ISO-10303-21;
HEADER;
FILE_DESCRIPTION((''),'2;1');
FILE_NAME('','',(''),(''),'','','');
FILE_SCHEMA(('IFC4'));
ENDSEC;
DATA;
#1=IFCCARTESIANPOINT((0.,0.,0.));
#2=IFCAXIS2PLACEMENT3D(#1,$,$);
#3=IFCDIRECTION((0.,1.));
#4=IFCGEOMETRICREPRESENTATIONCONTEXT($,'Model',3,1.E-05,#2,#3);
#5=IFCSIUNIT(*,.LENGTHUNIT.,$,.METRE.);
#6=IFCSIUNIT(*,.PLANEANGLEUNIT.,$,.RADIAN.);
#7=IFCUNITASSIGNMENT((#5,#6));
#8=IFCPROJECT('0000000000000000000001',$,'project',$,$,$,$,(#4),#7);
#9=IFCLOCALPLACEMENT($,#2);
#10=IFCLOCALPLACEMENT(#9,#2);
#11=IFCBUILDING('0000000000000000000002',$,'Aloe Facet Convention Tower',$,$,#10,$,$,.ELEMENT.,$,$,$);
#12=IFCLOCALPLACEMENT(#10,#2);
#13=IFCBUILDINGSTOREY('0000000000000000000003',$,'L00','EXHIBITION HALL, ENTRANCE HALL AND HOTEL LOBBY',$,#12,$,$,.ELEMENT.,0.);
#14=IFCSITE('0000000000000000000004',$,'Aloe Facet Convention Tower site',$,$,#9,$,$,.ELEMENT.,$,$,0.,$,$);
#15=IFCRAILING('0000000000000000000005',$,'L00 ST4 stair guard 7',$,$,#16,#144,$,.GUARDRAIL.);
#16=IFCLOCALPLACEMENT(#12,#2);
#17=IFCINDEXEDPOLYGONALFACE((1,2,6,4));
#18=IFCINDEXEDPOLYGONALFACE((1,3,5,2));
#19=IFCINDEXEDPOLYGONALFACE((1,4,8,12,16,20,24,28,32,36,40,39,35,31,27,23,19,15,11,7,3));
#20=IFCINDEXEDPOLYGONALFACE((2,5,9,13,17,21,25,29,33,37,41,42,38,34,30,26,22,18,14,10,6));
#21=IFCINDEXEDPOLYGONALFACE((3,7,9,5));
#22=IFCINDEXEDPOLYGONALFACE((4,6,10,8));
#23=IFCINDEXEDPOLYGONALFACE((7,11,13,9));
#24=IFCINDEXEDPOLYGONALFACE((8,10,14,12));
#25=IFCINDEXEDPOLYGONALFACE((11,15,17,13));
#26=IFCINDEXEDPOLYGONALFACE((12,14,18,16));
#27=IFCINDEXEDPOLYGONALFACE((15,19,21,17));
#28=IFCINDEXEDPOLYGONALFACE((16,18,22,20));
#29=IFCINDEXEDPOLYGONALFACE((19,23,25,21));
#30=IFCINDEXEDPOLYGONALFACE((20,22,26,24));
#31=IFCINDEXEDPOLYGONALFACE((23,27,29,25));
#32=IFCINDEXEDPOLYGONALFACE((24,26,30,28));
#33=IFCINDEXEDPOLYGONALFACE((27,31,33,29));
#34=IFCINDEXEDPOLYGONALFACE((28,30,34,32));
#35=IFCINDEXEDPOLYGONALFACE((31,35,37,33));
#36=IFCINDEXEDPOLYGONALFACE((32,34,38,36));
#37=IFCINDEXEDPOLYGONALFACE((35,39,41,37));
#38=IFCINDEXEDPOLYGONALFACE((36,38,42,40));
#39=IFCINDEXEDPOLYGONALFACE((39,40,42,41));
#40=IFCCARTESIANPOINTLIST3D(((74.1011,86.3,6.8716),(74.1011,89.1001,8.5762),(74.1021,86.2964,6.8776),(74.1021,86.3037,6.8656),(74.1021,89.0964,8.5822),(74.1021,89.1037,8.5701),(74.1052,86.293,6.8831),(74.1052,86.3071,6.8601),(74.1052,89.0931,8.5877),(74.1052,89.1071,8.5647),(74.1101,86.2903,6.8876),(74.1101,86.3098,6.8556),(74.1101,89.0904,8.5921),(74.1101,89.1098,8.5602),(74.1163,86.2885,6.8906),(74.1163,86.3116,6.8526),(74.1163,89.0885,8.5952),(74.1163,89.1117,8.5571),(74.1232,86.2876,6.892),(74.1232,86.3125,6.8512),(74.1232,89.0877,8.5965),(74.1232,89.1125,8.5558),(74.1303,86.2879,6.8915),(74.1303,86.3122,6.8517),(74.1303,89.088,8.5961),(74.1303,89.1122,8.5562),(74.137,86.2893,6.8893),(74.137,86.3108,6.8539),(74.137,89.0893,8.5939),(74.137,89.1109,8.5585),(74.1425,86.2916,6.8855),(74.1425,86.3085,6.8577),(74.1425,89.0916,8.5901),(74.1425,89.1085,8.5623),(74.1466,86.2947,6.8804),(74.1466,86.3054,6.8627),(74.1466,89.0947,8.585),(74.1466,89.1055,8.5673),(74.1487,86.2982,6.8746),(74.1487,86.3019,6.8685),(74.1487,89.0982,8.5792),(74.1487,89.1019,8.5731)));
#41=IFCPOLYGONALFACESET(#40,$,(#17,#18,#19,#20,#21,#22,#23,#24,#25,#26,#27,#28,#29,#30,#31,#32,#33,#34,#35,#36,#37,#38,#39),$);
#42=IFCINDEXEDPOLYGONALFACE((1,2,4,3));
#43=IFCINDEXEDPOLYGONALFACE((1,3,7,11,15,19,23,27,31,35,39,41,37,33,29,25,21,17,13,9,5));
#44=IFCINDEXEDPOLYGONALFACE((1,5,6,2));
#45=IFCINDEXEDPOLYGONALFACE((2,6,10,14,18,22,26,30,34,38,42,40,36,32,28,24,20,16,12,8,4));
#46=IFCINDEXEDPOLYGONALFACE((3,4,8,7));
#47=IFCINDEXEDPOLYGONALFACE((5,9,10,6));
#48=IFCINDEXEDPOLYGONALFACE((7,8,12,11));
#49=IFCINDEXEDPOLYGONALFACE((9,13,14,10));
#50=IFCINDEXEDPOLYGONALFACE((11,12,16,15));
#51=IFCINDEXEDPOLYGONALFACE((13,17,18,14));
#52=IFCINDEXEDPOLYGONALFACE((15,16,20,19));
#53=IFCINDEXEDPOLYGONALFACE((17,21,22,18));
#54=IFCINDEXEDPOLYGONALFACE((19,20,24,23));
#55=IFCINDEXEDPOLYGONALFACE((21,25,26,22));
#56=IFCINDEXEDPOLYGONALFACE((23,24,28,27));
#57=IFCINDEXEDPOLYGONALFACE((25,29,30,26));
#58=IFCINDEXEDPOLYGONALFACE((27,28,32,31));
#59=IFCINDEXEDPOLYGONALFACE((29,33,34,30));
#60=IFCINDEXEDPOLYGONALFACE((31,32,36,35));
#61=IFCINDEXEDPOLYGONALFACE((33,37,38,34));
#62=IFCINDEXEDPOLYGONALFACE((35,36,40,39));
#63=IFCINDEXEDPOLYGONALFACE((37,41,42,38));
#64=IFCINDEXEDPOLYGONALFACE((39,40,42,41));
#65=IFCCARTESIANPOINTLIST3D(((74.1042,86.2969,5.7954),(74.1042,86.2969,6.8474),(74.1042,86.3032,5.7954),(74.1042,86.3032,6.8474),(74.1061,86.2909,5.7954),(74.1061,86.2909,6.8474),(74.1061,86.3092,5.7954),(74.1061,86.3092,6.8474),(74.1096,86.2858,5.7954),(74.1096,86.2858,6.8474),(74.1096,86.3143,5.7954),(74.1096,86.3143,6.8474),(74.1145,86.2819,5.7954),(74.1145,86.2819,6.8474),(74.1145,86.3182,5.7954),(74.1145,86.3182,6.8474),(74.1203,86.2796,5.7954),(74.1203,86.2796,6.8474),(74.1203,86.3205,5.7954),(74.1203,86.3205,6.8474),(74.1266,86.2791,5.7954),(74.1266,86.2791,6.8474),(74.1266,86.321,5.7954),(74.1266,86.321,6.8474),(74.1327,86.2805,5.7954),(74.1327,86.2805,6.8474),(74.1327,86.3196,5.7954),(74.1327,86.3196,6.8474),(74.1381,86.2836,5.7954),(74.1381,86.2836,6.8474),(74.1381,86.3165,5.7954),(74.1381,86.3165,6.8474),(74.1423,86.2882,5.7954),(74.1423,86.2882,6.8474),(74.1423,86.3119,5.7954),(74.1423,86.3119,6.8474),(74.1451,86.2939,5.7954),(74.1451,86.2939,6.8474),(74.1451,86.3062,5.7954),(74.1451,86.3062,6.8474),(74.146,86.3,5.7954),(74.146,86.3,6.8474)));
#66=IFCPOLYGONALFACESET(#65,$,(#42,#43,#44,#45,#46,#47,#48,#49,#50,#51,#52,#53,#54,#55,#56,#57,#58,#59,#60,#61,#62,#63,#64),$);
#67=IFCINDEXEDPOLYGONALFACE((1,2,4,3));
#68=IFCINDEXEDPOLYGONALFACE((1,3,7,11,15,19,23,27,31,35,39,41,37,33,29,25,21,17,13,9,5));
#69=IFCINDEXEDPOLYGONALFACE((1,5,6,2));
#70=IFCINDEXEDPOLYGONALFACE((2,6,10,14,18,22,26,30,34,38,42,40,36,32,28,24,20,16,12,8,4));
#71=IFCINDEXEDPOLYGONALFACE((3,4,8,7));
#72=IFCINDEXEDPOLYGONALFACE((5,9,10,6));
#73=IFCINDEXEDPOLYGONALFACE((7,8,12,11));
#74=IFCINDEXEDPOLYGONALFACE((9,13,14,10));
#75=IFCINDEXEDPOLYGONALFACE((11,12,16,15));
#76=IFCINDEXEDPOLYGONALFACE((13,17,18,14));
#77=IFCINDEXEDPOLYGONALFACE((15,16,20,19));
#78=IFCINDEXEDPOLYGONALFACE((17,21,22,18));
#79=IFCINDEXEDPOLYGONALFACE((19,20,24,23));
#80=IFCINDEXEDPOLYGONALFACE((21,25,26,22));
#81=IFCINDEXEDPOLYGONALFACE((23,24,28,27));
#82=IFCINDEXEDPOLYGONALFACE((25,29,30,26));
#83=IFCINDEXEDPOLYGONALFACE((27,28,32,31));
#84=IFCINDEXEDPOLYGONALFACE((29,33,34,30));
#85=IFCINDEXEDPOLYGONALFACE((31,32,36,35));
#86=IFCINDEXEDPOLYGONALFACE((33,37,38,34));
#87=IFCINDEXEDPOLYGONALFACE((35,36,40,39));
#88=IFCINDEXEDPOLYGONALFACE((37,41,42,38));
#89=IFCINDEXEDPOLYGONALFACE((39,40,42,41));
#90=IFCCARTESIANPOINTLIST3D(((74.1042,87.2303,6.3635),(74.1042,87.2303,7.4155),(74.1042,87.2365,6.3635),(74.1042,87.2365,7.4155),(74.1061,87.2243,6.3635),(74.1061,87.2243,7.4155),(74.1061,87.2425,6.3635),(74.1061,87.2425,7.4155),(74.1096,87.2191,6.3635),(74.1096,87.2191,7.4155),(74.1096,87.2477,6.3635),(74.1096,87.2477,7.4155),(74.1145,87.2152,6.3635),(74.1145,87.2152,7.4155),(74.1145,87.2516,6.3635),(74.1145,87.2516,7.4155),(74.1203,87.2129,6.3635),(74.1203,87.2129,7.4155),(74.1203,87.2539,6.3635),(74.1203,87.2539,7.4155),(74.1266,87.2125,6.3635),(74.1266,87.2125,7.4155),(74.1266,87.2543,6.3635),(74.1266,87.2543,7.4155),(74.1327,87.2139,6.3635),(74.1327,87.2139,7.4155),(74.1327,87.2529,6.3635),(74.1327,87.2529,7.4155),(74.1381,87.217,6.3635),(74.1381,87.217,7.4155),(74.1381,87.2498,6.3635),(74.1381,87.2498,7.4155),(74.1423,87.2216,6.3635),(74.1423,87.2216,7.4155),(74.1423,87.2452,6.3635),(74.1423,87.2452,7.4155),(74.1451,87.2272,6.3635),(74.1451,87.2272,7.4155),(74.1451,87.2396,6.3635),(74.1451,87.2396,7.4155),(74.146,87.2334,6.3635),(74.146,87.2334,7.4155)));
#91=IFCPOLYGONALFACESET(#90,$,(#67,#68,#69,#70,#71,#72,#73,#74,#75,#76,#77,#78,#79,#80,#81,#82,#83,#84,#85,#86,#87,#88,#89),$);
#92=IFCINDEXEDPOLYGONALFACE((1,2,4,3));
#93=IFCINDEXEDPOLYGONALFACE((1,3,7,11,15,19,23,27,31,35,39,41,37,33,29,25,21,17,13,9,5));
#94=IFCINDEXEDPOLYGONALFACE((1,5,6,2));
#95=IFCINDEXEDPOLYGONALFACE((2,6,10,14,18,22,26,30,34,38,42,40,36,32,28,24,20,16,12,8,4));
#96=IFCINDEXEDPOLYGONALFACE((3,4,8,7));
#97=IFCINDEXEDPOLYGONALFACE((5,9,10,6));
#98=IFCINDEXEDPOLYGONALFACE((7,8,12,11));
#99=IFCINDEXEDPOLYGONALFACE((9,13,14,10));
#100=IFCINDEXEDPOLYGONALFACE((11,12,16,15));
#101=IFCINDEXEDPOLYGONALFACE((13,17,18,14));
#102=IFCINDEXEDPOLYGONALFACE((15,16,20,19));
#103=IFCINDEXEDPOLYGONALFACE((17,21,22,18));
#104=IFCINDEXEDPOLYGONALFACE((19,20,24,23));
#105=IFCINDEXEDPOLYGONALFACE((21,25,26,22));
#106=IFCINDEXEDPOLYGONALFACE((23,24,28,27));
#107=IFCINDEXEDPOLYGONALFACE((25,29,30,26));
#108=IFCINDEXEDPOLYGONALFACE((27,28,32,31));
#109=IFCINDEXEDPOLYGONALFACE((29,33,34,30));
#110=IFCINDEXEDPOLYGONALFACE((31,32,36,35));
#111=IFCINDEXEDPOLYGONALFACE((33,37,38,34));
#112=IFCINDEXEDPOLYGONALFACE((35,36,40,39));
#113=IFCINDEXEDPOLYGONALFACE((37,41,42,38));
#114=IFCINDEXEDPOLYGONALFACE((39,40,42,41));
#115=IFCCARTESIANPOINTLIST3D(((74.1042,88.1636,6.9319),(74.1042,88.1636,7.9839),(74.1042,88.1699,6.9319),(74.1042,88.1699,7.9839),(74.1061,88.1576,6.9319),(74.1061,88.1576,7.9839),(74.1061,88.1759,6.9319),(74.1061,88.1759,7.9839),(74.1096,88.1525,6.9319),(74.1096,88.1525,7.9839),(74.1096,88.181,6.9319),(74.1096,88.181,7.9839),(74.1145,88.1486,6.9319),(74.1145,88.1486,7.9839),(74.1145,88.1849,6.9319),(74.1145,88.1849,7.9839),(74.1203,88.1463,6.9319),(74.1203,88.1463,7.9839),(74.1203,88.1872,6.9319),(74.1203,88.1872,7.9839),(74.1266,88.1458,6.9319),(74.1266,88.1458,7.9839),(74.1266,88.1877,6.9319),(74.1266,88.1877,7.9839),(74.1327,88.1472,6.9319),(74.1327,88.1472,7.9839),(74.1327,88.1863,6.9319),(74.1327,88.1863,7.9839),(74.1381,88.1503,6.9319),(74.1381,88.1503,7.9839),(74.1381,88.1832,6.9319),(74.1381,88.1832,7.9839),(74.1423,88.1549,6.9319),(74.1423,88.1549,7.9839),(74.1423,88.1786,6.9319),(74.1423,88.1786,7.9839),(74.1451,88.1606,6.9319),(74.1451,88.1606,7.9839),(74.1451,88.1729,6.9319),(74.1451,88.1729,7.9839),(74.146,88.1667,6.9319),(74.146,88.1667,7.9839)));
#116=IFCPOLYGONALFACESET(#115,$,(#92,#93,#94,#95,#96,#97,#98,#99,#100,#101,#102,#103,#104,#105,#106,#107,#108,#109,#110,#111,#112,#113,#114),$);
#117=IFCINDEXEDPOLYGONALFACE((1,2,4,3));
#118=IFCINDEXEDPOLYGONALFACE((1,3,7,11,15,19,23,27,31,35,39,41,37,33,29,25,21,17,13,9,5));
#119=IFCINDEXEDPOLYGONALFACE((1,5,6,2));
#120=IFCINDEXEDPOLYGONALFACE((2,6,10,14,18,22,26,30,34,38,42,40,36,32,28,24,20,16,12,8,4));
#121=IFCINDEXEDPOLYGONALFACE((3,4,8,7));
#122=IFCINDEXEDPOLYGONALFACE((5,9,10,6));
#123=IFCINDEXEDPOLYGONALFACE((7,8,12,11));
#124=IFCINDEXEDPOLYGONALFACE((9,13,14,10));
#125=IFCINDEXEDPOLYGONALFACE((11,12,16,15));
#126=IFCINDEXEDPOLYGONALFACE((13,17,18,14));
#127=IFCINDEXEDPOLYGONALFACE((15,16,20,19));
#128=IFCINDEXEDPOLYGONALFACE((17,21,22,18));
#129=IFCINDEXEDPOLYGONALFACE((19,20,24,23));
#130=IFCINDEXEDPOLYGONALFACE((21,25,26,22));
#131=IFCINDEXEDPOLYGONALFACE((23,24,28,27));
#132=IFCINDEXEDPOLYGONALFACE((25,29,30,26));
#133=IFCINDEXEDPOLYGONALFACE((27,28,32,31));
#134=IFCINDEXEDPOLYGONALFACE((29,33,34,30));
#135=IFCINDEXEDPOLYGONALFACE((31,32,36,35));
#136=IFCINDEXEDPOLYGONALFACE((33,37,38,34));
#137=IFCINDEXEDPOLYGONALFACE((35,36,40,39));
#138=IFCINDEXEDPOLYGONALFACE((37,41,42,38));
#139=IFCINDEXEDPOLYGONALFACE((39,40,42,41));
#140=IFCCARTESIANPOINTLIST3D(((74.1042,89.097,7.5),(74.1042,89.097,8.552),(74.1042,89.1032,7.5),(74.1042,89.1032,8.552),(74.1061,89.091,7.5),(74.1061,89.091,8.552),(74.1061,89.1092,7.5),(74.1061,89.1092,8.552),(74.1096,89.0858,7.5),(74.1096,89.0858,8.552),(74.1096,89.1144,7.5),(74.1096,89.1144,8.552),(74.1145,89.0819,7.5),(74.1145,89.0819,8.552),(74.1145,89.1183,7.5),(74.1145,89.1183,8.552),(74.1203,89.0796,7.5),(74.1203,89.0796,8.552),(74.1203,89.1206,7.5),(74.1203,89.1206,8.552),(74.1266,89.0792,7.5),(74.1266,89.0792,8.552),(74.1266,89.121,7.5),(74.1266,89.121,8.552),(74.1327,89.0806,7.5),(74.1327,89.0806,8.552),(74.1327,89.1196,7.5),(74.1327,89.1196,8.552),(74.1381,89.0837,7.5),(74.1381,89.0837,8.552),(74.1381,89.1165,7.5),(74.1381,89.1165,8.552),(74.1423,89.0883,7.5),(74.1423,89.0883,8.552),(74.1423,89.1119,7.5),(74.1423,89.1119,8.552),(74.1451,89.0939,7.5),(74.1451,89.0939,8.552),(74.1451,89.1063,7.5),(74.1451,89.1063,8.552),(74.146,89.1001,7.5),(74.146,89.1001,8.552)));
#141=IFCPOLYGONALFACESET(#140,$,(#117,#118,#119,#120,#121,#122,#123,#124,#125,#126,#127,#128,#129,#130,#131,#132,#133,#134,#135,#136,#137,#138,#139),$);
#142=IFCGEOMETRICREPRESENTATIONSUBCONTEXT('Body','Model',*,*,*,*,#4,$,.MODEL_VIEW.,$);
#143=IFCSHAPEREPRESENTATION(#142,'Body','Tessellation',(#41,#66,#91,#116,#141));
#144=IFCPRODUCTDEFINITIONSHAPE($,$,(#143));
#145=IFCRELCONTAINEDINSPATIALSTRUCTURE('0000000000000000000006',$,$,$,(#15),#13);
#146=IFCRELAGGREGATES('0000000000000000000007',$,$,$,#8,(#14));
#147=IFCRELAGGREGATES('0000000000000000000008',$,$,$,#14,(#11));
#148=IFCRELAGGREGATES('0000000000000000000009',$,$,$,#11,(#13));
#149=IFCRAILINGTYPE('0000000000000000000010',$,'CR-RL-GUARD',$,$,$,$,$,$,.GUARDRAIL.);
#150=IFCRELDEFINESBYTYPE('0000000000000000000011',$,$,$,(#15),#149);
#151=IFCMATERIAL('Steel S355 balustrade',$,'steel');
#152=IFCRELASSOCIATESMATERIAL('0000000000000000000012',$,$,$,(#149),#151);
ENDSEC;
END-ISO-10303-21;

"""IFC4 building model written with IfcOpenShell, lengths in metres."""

from ifc_helpers import new_model, si_unit, direction, frame, origin, origin_2d, place, context, subcontext, project, spatial, circle, extrude, material, type_object, element, save


model = new_model("IFC4")

# Units and contexts
model_context = context("Model", 3, precision=1e-05, world=origin(), true_north=direction((0.0, 1.0)))
body_context = subcontext(model_context, "Body", "Model", "MODEL_VIEW")
ifc_project = project(units=[si_unit("LENGTHUNIT", "METRE"), si_unit("PLANEANGLEUNIT", "RADIAN")], contexts=[model_context])

# Site, building, storey
site_placement = place(None, origin())
site = spatial("IfcSite", under=ifc_project, at=site_placement, Name="Aloe Facet Convention Tower site", CompositionType="ELEMENT", RefElevation=0.0)
building_placement = place(site_placement, origin())
building = spatial("IfcBuilding", under=site, at=building_placement, Name="Aloe Facet Convention Tower", CompositionType="ELEMENT")
storey_placement = place(building_placement, origin())
storey = spatial("IfcBuildingStorey", under=building, at=storey_placement, Name="L00", Description="EXHIBITION HALL, ENTRANCE HALL AND HOTEL LOBBY", CompositionType="ELEMENT", Elevation=0.0)

# Railing
ifc_material_1 = material(Name="Steel S355 balustrade", Category="steel")
railing_type_1 = type_object("IfcRailingType", Name="CR-RL-GUARD", PredefinedType="GUARDRAIL", material=ifc_material_1)
railing_1_placement = place(storey_placement, frame((74.125, 86.3, 5.7954)))
element("IfcRailing", 1, at=railing_1_placement, inside=storey, type_object=railing_type_1, Name="L00 ST4 stair guard 7", PredefinedType="GUARDRAIL", context=body_context, shape_type="SweptSolid", body=[
    extrude(circle(Radius=0.0239, at=origin_2d()), frame((0.0, 0.0, 1.0762), z_axis=(0.0, 0.85417, 0.519994), x_axis=(-1.0, 0.0, 0.0)), (0.0, 0.0, 1.0), 3.2781),
    extrude(circle(Radius=0.021, at=origin_2d()), origin(), (0.0, 0.0, 1.0), 1.052),
    extrude(circle(Radius=0.021, at=origin_2d()), frame((0.0, 0.9333, 0.5681)), (0.0, 0.0, 1.0), 1.052),
    extrude(circle(Radius=0.021, at=origin_2d()), frame((0.0, 1.8667, 1.1365)), (0.0, 0.0, 1.0), 1.052),
    extrude(circle(Radius=0.021, at=origin_2d()), frame((0.0, 2.8, 1.7046)), (0.0, 0.0, 1.0), 1.052),
])

save(model, "model.ifc")
